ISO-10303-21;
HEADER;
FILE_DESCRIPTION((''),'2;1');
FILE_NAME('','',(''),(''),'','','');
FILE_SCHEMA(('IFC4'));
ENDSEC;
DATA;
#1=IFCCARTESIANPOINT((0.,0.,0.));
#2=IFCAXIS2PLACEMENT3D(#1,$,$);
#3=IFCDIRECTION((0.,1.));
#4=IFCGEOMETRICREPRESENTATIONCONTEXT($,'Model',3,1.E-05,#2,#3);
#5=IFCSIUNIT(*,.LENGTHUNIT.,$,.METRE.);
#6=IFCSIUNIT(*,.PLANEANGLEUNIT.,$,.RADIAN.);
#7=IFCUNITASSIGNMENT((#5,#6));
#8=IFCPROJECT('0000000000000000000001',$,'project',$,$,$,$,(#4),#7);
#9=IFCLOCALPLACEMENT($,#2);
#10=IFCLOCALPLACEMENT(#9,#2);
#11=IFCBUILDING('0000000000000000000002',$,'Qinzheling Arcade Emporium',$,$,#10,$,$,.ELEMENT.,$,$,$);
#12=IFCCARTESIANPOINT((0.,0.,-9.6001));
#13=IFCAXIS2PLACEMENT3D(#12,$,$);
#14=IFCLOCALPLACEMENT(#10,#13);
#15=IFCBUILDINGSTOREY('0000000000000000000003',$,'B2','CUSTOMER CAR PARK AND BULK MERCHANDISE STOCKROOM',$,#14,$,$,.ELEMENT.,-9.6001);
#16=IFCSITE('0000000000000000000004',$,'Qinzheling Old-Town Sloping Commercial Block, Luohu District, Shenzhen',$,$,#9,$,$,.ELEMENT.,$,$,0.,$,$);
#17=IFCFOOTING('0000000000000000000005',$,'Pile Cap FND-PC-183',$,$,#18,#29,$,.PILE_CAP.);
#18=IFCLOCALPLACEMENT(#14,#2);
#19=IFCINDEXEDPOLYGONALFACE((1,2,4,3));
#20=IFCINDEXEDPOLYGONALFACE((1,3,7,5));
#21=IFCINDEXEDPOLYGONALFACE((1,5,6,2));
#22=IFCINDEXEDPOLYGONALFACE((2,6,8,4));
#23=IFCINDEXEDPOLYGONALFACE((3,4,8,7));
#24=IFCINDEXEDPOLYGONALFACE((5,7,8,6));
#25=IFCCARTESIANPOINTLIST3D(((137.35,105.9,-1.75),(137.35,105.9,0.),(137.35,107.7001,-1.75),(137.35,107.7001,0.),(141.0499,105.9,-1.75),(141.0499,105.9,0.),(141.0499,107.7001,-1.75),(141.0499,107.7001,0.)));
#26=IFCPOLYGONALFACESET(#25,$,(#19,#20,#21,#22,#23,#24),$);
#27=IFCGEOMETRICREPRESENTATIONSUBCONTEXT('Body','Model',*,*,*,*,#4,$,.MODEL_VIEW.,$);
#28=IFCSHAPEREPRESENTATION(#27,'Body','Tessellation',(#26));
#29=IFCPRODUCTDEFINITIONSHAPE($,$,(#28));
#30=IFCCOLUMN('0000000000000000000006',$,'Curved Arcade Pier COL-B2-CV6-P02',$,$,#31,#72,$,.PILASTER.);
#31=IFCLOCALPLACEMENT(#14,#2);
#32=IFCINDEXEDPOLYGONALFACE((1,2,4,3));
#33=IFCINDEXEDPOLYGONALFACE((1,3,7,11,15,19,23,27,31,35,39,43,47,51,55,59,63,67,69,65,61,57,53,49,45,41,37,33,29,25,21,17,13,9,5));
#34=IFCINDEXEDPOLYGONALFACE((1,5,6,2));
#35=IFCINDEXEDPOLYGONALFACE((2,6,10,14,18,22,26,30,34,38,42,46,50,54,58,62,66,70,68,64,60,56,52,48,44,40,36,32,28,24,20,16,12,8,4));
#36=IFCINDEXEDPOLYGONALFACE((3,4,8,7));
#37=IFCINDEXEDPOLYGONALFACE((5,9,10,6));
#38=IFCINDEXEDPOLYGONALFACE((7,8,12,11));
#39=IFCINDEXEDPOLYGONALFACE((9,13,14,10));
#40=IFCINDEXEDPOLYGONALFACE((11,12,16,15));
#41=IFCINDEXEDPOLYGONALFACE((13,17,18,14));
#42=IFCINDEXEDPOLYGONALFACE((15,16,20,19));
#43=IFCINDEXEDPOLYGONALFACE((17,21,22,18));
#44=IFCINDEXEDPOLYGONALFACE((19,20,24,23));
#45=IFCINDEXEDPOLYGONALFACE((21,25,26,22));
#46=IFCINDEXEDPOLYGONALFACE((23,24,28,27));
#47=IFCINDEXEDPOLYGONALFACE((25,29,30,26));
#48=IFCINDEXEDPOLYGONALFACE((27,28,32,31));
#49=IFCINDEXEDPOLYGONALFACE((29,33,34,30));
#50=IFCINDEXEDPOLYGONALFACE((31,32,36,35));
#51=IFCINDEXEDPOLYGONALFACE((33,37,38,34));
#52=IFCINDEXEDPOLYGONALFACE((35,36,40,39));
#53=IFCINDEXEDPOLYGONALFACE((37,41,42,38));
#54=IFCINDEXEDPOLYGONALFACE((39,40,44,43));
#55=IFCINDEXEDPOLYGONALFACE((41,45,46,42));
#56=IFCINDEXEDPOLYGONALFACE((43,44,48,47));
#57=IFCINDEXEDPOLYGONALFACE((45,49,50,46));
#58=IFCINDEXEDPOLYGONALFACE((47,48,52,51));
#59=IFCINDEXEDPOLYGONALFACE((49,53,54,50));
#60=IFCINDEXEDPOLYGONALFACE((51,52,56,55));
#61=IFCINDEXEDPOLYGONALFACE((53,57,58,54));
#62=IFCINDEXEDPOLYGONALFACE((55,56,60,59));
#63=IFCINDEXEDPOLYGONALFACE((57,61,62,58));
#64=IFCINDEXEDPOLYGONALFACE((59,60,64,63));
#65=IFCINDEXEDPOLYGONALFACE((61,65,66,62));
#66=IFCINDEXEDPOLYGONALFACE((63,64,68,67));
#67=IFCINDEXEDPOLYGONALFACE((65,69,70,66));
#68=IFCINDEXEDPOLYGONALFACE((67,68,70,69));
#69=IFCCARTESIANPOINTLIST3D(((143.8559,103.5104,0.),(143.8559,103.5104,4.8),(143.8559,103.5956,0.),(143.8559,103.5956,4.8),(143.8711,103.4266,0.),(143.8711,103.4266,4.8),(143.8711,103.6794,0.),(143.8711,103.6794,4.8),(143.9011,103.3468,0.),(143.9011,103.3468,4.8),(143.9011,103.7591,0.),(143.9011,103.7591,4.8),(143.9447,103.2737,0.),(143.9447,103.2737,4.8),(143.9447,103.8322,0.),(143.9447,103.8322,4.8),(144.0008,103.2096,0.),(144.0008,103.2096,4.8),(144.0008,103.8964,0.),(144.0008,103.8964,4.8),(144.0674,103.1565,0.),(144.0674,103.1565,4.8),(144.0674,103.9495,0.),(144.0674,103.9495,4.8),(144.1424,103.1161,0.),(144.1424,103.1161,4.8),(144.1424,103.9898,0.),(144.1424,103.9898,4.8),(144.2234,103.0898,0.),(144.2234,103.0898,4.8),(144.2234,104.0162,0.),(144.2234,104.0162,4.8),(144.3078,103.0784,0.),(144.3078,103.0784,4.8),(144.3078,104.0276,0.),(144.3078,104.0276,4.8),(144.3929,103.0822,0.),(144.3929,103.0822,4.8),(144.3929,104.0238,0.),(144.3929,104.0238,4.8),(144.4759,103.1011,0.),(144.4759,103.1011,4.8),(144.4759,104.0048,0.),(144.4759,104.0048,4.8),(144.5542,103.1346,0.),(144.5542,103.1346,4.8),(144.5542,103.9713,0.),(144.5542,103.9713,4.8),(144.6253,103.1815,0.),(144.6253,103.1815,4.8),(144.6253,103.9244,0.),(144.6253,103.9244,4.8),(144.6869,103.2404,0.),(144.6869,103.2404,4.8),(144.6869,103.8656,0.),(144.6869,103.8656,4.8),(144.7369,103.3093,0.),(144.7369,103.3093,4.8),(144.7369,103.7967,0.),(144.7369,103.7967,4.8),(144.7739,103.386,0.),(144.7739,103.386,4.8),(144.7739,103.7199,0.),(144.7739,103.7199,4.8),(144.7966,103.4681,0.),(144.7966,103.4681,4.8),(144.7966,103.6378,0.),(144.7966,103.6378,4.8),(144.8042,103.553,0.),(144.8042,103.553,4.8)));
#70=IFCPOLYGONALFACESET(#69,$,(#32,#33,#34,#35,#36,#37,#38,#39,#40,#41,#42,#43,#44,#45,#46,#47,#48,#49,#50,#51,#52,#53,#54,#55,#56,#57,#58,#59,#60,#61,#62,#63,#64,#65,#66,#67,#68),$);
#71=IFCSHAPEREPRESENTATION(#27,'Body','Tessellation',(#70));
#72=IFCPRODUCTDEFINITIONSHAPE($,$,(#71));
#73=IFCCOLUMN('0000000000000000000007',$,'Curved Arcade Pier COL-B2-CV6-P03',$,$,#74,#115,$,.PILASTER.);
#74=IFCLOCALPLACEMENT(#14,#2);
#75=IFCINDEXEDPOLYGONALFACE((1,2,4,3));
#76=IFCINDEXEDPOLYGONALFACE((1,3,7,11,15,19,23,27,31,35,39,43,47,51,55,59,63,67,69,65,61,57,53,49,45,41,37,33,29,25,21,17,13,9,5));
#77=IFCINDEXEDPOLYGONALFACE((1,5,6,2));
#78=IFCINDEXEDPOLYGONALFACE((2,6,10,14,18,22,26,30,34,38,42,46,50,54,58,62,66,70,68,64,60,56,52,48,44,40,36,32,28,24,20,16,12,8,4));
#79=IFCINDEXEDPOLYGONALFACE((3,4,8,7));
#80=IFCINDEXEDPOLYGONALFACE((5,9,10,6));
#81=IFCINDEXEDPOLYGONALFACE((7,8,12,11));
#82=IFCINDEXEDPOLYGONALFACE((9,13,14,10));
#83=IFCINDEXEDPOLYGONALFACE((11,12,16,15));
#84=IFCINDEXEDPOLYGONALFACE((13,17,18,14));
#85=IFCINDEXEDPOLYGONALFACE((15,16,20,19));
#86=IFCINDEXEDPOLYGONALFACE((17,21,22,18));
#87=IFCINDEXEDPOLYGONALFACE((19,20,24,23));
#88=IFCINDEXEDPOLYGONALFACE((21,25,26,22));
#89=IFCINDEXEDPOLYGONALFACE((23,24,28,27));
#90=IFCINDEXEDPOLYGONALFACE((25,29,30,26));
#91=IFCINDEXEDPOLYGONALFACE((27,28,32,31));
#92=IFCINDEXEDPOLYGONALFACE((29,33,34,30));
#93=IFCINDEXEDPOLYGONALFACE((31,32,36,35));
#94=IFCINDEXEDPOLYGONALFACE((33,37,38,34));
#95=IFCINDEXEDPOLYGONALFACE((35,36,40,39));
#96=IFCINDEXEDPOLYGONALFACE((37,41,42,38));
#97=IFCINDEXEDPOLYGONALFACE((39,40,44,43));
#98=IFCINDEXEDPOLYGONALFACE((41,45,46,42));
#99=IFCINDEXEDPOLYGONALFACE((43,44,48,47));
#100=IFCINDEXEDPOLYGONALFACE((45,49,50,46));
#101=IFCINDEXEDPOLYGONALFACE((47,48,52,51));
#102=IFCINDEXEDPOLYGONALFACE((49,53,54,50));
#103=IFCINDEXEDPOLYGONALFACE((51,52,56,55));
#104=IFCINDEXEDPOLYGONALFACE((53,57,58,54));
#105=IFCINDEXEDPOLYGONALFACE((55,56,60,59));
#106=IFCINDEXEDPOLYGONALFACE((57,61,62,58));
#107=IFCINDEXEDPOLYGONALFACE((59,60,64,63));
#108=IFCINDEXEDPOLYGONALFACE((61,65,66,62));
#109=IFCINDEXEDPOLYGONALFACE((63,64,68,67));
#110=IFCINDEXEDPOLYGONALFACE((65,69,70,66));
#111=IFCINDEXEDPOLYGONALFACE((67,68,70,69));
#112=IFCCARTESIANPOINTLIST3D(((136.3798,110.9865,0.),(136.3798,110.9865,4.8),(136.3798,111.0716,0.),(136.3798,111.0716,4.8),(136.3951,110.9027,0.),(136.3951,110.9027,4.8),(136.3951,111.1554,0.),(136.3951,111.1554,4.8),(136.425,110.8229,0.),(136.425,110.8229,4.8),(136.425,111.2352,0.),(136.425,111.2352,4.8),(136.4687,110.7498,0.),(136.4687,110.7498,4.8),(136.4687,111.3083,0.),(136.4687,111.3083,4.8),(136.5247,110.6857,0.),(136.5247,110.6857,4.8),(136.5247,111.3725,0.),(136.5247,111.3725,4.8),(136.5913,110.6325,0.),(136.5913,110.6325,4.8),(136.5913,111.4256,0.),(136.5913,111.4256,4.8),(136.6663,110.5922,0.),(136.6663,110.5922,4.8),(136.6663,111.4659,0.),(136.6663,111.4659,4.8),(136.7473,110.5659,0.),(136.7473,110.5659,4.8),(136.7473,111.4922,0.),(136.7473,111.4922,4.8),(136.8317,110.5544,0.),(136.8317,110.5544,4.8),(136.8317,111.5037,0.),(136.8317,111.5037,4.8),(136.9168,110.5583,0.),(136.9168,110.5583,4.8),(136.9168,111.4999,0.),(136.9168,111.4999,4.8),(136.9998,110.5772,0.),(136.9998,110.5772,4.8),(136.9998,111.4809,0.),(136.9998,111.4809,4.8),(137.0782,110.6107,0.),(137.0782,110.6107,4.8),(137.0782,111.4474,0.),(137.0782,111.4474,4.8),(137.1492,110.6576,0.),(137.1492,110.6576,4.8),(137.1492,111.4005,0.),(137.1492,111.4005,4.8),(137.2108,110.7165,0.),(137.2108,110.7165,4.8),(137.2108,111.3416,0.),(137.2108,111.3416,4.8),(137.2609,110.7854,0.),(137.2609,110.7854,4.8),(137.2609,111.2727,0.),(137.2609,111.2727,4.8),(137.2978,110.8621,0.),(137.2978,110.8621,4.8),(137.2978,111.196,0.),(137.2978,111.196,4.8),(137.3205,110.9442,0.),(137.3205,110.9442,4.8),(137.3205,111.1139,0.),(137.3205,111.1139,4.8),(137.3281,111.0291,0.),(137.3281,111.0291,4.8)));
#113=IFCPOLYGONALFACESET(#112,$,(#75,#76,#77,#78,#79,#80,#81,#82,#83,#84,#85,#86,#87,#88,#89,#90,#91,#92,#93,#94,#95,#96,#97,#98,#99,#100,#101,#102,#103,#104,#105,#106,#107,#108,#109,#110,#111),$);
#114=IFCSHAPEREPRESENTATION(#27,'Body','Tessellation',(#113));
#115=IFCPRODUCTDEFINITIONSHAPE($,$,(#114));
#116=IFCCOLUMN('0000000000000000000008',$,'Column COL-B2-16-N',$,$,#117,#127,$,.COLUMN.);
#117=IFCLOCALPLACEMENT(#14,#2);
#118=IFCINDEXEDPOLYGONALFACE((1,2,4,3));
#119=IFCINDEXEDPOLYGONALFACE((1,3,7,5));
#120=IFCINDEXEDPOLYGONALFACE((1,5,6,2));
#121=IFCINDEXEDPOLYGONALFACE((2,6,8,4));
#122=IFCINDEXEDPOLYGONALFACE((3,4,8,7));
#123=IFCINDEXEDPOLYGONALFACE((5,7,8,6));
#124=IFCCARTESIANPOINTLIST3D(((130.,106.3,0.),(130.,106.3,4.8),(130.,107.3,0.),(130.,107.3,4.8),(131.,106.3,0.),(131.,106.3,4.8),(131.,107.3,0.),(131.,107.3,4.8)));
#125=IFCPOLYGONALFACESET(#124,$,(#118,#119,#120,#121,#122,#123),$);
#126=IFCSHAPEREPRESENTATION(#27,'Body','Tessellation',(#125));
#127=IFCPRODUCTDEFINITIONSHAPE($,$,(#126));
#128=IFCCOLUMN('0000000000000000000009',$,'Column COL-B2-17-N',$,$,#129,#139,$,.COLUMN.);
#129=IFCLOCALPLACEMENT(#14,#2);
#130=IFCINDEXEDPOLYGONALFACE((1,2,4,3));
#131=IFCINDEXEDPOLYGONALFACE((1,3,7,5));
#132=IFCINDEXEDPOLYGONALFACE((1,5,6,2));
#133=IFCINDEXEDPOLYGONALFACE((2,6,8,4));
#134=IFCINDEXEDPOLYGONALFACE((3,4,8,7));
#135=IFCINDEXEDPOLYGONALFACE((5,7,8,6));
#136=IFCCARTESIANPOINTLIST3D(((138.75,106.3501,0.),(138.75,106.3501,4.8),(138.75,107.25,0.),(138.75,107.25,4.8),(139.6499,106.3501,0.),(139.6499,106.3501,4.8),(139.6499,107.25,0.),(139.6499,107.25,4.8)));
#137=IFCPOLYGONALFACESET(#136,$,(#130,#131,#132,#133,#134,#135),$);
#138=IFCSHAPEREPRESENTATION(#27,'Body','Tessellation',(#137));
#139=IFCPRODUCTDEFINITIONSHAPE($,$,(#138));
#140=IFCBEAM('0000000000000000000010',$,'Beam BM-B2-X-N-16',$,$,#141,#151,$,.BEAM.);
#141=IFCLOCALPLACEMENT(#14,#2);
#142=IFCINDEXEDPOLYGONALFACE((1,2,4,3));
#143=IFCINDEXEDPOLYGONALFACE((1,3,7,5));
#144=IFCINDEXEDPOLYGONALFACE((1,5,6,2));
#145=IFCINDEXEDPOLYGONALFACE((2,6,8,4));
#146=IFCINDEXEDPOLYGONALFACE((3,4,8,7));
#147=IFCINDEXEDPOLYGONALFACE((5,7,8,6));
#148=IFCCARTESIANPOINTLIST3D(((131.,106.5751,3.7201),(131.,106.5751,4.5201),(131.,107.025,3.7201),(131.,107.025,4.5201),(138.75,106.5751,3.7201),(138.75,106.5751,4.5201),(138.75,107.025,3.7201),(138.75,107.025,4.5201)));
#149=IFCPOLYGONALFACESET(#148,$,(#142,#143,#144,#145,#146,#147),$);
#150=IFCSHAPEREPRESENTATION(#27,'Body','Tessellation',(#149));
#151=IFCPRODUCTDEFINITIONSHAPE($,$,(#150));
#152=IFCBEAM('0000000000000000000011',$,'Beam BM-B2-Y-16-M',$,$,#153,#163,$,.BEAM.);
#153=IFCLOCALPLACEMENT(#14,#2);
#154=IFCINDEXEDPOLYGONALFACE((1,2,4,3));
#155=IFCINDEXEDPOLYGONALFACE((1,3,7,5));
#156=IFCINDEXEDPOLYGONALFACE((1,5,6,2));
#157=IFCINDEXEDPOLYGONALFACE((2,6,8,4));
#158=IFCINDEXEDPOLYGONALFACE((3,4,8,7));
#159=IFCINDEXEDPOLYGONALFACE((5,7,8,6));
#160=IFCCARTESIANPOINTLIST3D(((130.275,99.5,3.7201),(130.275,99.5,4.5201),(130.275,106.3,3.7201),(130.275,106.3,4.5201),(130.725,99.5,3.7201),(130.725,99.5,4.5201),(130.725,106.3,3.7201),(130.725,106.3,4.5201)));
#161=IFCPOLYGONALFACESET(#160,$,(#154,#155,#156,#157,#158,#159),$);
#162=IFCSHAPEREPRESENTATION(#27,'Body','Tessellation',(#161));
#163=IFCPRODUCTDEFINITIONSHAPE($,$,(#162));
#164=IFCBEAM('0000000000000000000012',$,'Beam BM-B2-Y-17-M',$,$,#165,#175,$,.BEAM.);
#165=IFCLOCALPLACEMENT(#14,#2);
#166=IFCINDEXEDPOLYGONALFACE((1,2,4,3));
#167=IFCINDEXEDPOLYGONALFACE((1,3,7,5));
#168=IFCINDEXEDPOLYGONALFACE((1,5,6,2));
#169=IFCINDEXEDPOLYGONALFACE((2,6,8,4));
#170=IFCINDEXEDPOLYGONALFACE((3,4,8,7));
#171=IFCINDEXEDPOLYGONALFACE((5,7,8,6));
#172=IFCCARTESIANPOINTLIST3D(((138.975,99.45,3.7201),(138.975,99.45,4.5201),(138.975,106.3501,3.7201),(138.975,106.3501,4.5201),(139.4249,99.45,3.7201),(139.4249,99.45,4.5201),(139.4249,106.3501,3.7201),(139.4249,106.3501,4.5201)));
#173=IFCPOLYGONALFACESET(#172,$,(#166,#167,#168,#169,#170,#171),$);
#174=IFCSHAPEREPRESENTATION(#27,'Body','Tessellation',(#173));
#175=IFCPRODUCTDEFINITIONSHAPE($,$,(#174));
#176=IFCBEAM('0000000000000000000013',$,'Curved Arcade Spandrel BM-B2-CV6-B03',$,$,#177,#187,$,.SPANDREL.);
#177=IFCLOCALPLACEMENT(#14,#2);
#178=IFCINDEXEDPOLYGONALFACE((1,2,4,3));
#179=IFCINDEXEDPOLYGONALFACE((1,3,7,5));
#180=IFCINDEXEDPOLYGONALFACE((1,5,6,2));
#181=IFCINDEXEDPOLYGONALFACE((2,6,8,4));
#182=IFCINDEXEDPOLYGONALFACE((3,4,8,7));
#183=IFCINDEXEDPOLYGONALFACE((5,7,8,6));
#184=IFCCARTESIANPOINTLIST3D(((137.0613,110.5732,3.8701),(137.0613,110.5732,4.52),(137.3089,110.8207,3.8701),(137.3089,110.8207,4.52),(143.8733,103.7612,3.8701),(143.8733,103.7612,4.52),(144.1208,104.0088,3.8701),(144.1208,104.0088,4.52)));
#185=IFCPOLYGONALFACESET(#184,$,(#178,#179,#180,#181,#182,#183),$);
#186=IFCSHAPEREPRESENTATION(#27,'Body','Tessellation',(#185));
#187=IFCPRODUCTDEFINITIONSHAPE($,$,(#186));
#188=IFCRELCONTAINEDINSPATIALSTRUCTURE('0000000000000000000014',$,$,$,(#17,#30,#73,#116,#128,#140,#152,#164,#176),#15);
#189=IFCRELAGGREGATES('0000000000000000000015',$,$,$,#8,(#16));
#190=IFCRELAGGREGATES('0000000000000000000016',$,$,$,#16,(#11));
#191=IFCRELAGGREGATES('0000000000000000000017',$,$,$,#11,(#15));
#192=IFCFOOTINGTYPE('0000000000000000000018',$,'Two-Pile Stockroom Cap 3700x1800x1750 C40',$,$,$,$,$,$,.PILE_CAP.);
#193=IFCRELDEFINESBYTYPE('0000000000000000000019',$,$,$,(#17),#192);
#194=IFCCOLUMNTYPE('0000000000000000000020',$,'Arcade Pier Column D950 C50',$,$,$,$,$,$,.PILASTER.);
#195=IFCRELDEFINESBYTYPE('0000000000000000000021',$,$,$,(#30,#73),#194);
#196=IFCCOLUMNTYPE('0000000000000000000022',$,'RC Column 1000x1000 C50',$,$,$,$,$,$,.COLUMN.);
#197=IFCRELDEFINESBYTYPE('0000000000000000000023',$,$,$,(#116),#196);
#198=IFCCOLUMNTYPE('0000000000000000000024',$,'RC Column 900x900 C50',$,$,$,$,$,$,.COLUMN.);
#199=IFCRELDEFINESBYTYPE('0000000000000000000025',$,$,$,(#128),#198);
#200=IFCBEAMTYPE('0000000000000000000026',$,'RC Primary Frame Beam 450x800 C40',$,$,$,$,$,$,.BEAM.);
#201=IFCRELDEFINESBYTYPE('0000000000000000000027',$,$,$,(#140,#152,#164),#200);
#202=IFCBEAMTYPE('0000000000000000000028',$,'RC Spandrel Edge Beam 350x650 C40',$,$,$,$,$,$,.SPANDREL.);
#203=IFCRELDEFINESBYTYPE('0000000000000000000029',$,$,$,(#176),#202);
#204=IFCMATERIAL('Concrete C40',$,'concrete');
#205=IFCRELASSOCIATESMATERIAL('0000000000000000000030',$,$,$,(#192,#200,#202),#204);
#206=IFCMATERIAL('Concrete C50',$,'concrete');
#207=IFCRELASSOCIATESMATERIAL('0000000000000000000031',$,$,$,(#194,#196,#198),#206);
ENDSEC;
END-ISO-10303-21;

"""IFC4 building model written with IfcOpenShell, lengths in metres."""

from ifc_helpers import new_model, si_unit, direction, frame, origin, origin_2d, place, context, subcontext, project, spatial, rectangle, circle, extrude, material, material_profile, profile_set, type_object, element, save


model = new_model("IFC4")

# Units and contexts
model_context = context("Model", 3, precision=1e-05, world=origin(), true_north=direction((0.0, 1.0)))
body_context = subcontext(model_context, "Body", "Model", "MODEL_VIEW")
ifc_project = project(units=[si_unit("LENGTHUNIT", "METRE"), si_unit("PLANEANGLEUNIT", "RADIAN")], contexts=[model_context])

# Site, building, storey
site_placement = place(None, origin())
site = spatial("IfcSite", under=ifc_project, at=site_placement, Name="Qinzheling Old-Town Sloping Commercial Block, Luohu District, Shenzhen", CompositionType="ELEMENT", RefElevation=0.0)
building_placement = place(site_placement, origin())
building = spatial("IfcBuilding", under=site, at=building_placement, Name="Qinzheling Arcade Emporium", CompositionType="ELEMENT")
storey_placement = place(building_placement, frame((0.0, 0.0, -9.6001)))
storey = spatial("IfcBuildingStorey", under=building, at=storey_placement, Name="B2", Description="CUSTOMER CAR PARK AND BULK MERCHANDISE STOCKROOM", CompositionType="ELEMENT", Elevation=-9.6001)

# Shared definitions
ifc_material_1 = material(Name="Concrete C40", Category="concrete")

# Footing
footing_type_1 = type_object("IfcFootingType", Name="Two-Pile Stockroom Cap 3700x1800x1750 C40", PredefinedType="PILE_CAP", material=ifc_material_1)
footing_1_placement = place(storey_placement, frame((139.2, 106.8, -1.75), z_axis=(0.0, 0.0, 1.0), x_axis=(1.0, 0.0, 0.0)))
element("IfcFooting", 1, at=footing_1_placement, inside=storey, type_object=footing_type_1, Name="Pile Cap FND-PC-183", PredefinedType="PILE_CAP", context=body_context, shape_type="SweptSolid", body=[
    extrude(rectangle(XDim=3.7, YDim=1.8, at=origin_2d()), origin(), (0.0, 0.0, 1.0), 1.75),
])

# Columns
ifc_material_2 = material(Name="Concrete C50", Category="concrete")
ifc_material_profile_1 = material_profile(ifc_material_2, circle(Radius=0.4751, at=origin_2d()), Name="RC D950", Category="concrete")
ifc_profile_set_1 = profile_set([ifc_material_profile_1], Name="Concrete C50")
column_type_1 = type_object("IfcColumnType", Name="Arcade Pier Column D950 C50", PredefinedType="PILASTER", material=ifc_profile_set_1)
for number, where, z_axis, x_axis, name in (
    (2, (144.3291, 103.553, 0.0), (0.0, 0.0, 1.0), (1.0, 0.0, 0.0), "Curved Arcade Pier COL-B2-CV6-P02"),
    (3, (136.853, 111.0291, 0.0), (0.0, 0.0, 1.0), (1.0, 0.0, 0.0), "Curved Arcade Pier COL-B2-CV6-P03"),
):
    element("IfcColumn", number, at=place(storey_placement, frame(where, z_axis=z_axis, x_axis=x_axis)), inside=storey, type_object=column_type_1, Name=name, PredefinedType="PILASTER", context=body_context, shape_type="SweptSolid", body=[
        extrude(circle(Radius=0.4751, at=origin_2d()), origin(), (0.0, 0.0, 1.0), 4.8),
    ])
ifc_material_profile_2 = material_profile(ifc_material_2, rectangle(XDim=1.0, YDim=1.0, at=origin_2d()), Name="RC 1000x1000", Category="concrete")
ifc_profile_set_2 = profile_set([ifc_material_profile_2], Name="Concrete C50")
column_type_2 = type_object("IfcColumnType", Name="RC Column 1000x1000 C50", PredefinedType="COLUMN", material=ifc_profile_set_2)
column_1_placement = place(storey_placement, frame((130.5, 106.8, 0.0), z_axis=(0.0, 0.0, 1.0), x_axis=(1.0, 0.0, 0.0)))
element("IfcColumn", 4, at=column_1_placement, inside=storey, type_object=column_type_2, Name="Column COL-B2-16-N", PredefinedType="COLUMN", context=body_context, shape_type="SweptSolid", body=[
    extrude(rectangle(XDim=1.0, YDim=1.0, at=origin_2d()), origin(), (0.0, 0.0, 1.0), 4.8),
])
ifc_material_profile_3 = material_profile(ifc_material_2, rectangle(XDim=0.8999, YDim=0.8999, at=origin_2d()), Name="RC 900x900", Category="concrete")
ifc_profile_set_3 = profile_set([ifc_material_profile_3], Name="Concrete C50")
column_type_3 = type_object("IfcColumnType", Name="RC Column 900x900 C50", PredefinedType="COLUMN", material=ifc_profile_set_3)
column_2_placement = place(storey_placement, frame((139.2, 106.8, 0.0), z_axis=(0.0, 0.0, 1.0), x_axis=(1.0, 0.0, 0.0)))
element("IfcColumn", 5, at=column_2_placement, inside=storey, type_object=column_type_3, Name="Column COL-B2-17-N", PredefinedType="COLUMN", context=body_context, shape_type="SweptSolid", body=[
    extrude(rectangle(XDim=0.8999, YDim=0.8999, at=origin_2d()), origin(), (0.0, 0.0, 1.0), 4.8),
])

# Beams
ifc_material_profile_4 = material_profile(ifc_material_1, rectangle(XDim=0.45, YDim=0.8, at=origin_2d()), Name="RC 450x800", Category="concrete")
ifc_profile_set_4 = profile_set([ifc_material_profile_4], Name="Concrete C40")
beam_type_1 = type_object("IfcBeamType", Name="RC Primary Frame Beam 450x800 C40", PredefinedType="BEAM", material=ifc_profile_set_4)
beam_1_placement = place(storey_placement, frame((131.0, 106.8, 4.1201), z_axis=(1.0, 0.0, 0.0), x_axis=(0.0, 1.0, 0.0)))
element("IfcBeam", 6, at=beam_1_placement, inside=storey, type_object=beam_type_1, Name="Beam BM-B2-X-N-16", PredefinedType="BEAM", context=body_context, shape_type="SweptSolid", body=[
    extrude(rectangle(XDim=0.45, YDim=0.8, at=origin_2d()), origin(), (0.0, 0.0, 1.0), 7.75),
])
beam_2_placement = place(storey_placement, frame((130.5, 99.5, 4.1201), z_axis=(0.0, 1.0, 0.0), x_axis=(-1.0, 0.0, 0.0)))
element("IfcBeam", 7, at=beam_2_placement, inside=storey, type_object=beam_type_1, Name="Beam BM-B2-Y-16-M", PredefinedType="BEAM", context=body_context, shape_type="SweptSolid", body=[
    extrude(rectangle(XDim=0.45, YDim=0.8, at=origin_2d()), origin(), (0.0, 0.0, 1.0), 6.8),
])
beam_3_placement = place(storey_placement, frame((139.2, 99.45, 4.1201), z_axis=(0.0, 1.0, 0.0), x_axis=(-1.0, 0.0, 0.0)))
element("IfcBeam", 8, at=beam_3_placement, inside=storey, type_object=beam_type_1, Name="Beam BM-B2-Y-17-M", PredefinedType="BEAM", context=body_context, shape_type="SweptSolid", body=[
    extrude(rectangle(XDim=0.45, YDim=0.8, at=origin_2d()), origin(), (0.0, 0.0, 1.0), 6.9001),
])
ifc_material_profile_5 = material_profile(ifc_material_1, rectangle(XDim=0.3501, YDim=0.6499, at=origin_2d()), Name="RC 350x650", Category="concrete")
ifc_profile_set_5 = profile_set([ifc_material_profile_5], Name="Concrete C40")
beam_type_2 = type_object("IfcBeamType", Name="RC Spandrel Edge Beam 350x650 C40", PredefinedType="SPANDREL", material=ifc_profile_set_5)
beam_4_placement = place(storey_placement, frame((143.9971, 103.885, 4.1951), z_axis=(-0.707107, 0.707107, 0.0), x_axis=(-0.707107, -0.707107, 0.0)))
element("IfcBeam", 9, at=beam_4_placement, inside=storey, type_object=beam_type_2, Name="Curved Arcade Spandrel BM-B2-CV6-B03", PredefinedType="SPANDREL", context=body_context, shape_type="SweptSolid", body=[
    extrude(rectangle(XDim=0.3501, YDim=0.6499, at=origin_2d()), origin(), (0.0, 0.0, 1.0), 9.6335),
])

save(model, "model.ifc")
